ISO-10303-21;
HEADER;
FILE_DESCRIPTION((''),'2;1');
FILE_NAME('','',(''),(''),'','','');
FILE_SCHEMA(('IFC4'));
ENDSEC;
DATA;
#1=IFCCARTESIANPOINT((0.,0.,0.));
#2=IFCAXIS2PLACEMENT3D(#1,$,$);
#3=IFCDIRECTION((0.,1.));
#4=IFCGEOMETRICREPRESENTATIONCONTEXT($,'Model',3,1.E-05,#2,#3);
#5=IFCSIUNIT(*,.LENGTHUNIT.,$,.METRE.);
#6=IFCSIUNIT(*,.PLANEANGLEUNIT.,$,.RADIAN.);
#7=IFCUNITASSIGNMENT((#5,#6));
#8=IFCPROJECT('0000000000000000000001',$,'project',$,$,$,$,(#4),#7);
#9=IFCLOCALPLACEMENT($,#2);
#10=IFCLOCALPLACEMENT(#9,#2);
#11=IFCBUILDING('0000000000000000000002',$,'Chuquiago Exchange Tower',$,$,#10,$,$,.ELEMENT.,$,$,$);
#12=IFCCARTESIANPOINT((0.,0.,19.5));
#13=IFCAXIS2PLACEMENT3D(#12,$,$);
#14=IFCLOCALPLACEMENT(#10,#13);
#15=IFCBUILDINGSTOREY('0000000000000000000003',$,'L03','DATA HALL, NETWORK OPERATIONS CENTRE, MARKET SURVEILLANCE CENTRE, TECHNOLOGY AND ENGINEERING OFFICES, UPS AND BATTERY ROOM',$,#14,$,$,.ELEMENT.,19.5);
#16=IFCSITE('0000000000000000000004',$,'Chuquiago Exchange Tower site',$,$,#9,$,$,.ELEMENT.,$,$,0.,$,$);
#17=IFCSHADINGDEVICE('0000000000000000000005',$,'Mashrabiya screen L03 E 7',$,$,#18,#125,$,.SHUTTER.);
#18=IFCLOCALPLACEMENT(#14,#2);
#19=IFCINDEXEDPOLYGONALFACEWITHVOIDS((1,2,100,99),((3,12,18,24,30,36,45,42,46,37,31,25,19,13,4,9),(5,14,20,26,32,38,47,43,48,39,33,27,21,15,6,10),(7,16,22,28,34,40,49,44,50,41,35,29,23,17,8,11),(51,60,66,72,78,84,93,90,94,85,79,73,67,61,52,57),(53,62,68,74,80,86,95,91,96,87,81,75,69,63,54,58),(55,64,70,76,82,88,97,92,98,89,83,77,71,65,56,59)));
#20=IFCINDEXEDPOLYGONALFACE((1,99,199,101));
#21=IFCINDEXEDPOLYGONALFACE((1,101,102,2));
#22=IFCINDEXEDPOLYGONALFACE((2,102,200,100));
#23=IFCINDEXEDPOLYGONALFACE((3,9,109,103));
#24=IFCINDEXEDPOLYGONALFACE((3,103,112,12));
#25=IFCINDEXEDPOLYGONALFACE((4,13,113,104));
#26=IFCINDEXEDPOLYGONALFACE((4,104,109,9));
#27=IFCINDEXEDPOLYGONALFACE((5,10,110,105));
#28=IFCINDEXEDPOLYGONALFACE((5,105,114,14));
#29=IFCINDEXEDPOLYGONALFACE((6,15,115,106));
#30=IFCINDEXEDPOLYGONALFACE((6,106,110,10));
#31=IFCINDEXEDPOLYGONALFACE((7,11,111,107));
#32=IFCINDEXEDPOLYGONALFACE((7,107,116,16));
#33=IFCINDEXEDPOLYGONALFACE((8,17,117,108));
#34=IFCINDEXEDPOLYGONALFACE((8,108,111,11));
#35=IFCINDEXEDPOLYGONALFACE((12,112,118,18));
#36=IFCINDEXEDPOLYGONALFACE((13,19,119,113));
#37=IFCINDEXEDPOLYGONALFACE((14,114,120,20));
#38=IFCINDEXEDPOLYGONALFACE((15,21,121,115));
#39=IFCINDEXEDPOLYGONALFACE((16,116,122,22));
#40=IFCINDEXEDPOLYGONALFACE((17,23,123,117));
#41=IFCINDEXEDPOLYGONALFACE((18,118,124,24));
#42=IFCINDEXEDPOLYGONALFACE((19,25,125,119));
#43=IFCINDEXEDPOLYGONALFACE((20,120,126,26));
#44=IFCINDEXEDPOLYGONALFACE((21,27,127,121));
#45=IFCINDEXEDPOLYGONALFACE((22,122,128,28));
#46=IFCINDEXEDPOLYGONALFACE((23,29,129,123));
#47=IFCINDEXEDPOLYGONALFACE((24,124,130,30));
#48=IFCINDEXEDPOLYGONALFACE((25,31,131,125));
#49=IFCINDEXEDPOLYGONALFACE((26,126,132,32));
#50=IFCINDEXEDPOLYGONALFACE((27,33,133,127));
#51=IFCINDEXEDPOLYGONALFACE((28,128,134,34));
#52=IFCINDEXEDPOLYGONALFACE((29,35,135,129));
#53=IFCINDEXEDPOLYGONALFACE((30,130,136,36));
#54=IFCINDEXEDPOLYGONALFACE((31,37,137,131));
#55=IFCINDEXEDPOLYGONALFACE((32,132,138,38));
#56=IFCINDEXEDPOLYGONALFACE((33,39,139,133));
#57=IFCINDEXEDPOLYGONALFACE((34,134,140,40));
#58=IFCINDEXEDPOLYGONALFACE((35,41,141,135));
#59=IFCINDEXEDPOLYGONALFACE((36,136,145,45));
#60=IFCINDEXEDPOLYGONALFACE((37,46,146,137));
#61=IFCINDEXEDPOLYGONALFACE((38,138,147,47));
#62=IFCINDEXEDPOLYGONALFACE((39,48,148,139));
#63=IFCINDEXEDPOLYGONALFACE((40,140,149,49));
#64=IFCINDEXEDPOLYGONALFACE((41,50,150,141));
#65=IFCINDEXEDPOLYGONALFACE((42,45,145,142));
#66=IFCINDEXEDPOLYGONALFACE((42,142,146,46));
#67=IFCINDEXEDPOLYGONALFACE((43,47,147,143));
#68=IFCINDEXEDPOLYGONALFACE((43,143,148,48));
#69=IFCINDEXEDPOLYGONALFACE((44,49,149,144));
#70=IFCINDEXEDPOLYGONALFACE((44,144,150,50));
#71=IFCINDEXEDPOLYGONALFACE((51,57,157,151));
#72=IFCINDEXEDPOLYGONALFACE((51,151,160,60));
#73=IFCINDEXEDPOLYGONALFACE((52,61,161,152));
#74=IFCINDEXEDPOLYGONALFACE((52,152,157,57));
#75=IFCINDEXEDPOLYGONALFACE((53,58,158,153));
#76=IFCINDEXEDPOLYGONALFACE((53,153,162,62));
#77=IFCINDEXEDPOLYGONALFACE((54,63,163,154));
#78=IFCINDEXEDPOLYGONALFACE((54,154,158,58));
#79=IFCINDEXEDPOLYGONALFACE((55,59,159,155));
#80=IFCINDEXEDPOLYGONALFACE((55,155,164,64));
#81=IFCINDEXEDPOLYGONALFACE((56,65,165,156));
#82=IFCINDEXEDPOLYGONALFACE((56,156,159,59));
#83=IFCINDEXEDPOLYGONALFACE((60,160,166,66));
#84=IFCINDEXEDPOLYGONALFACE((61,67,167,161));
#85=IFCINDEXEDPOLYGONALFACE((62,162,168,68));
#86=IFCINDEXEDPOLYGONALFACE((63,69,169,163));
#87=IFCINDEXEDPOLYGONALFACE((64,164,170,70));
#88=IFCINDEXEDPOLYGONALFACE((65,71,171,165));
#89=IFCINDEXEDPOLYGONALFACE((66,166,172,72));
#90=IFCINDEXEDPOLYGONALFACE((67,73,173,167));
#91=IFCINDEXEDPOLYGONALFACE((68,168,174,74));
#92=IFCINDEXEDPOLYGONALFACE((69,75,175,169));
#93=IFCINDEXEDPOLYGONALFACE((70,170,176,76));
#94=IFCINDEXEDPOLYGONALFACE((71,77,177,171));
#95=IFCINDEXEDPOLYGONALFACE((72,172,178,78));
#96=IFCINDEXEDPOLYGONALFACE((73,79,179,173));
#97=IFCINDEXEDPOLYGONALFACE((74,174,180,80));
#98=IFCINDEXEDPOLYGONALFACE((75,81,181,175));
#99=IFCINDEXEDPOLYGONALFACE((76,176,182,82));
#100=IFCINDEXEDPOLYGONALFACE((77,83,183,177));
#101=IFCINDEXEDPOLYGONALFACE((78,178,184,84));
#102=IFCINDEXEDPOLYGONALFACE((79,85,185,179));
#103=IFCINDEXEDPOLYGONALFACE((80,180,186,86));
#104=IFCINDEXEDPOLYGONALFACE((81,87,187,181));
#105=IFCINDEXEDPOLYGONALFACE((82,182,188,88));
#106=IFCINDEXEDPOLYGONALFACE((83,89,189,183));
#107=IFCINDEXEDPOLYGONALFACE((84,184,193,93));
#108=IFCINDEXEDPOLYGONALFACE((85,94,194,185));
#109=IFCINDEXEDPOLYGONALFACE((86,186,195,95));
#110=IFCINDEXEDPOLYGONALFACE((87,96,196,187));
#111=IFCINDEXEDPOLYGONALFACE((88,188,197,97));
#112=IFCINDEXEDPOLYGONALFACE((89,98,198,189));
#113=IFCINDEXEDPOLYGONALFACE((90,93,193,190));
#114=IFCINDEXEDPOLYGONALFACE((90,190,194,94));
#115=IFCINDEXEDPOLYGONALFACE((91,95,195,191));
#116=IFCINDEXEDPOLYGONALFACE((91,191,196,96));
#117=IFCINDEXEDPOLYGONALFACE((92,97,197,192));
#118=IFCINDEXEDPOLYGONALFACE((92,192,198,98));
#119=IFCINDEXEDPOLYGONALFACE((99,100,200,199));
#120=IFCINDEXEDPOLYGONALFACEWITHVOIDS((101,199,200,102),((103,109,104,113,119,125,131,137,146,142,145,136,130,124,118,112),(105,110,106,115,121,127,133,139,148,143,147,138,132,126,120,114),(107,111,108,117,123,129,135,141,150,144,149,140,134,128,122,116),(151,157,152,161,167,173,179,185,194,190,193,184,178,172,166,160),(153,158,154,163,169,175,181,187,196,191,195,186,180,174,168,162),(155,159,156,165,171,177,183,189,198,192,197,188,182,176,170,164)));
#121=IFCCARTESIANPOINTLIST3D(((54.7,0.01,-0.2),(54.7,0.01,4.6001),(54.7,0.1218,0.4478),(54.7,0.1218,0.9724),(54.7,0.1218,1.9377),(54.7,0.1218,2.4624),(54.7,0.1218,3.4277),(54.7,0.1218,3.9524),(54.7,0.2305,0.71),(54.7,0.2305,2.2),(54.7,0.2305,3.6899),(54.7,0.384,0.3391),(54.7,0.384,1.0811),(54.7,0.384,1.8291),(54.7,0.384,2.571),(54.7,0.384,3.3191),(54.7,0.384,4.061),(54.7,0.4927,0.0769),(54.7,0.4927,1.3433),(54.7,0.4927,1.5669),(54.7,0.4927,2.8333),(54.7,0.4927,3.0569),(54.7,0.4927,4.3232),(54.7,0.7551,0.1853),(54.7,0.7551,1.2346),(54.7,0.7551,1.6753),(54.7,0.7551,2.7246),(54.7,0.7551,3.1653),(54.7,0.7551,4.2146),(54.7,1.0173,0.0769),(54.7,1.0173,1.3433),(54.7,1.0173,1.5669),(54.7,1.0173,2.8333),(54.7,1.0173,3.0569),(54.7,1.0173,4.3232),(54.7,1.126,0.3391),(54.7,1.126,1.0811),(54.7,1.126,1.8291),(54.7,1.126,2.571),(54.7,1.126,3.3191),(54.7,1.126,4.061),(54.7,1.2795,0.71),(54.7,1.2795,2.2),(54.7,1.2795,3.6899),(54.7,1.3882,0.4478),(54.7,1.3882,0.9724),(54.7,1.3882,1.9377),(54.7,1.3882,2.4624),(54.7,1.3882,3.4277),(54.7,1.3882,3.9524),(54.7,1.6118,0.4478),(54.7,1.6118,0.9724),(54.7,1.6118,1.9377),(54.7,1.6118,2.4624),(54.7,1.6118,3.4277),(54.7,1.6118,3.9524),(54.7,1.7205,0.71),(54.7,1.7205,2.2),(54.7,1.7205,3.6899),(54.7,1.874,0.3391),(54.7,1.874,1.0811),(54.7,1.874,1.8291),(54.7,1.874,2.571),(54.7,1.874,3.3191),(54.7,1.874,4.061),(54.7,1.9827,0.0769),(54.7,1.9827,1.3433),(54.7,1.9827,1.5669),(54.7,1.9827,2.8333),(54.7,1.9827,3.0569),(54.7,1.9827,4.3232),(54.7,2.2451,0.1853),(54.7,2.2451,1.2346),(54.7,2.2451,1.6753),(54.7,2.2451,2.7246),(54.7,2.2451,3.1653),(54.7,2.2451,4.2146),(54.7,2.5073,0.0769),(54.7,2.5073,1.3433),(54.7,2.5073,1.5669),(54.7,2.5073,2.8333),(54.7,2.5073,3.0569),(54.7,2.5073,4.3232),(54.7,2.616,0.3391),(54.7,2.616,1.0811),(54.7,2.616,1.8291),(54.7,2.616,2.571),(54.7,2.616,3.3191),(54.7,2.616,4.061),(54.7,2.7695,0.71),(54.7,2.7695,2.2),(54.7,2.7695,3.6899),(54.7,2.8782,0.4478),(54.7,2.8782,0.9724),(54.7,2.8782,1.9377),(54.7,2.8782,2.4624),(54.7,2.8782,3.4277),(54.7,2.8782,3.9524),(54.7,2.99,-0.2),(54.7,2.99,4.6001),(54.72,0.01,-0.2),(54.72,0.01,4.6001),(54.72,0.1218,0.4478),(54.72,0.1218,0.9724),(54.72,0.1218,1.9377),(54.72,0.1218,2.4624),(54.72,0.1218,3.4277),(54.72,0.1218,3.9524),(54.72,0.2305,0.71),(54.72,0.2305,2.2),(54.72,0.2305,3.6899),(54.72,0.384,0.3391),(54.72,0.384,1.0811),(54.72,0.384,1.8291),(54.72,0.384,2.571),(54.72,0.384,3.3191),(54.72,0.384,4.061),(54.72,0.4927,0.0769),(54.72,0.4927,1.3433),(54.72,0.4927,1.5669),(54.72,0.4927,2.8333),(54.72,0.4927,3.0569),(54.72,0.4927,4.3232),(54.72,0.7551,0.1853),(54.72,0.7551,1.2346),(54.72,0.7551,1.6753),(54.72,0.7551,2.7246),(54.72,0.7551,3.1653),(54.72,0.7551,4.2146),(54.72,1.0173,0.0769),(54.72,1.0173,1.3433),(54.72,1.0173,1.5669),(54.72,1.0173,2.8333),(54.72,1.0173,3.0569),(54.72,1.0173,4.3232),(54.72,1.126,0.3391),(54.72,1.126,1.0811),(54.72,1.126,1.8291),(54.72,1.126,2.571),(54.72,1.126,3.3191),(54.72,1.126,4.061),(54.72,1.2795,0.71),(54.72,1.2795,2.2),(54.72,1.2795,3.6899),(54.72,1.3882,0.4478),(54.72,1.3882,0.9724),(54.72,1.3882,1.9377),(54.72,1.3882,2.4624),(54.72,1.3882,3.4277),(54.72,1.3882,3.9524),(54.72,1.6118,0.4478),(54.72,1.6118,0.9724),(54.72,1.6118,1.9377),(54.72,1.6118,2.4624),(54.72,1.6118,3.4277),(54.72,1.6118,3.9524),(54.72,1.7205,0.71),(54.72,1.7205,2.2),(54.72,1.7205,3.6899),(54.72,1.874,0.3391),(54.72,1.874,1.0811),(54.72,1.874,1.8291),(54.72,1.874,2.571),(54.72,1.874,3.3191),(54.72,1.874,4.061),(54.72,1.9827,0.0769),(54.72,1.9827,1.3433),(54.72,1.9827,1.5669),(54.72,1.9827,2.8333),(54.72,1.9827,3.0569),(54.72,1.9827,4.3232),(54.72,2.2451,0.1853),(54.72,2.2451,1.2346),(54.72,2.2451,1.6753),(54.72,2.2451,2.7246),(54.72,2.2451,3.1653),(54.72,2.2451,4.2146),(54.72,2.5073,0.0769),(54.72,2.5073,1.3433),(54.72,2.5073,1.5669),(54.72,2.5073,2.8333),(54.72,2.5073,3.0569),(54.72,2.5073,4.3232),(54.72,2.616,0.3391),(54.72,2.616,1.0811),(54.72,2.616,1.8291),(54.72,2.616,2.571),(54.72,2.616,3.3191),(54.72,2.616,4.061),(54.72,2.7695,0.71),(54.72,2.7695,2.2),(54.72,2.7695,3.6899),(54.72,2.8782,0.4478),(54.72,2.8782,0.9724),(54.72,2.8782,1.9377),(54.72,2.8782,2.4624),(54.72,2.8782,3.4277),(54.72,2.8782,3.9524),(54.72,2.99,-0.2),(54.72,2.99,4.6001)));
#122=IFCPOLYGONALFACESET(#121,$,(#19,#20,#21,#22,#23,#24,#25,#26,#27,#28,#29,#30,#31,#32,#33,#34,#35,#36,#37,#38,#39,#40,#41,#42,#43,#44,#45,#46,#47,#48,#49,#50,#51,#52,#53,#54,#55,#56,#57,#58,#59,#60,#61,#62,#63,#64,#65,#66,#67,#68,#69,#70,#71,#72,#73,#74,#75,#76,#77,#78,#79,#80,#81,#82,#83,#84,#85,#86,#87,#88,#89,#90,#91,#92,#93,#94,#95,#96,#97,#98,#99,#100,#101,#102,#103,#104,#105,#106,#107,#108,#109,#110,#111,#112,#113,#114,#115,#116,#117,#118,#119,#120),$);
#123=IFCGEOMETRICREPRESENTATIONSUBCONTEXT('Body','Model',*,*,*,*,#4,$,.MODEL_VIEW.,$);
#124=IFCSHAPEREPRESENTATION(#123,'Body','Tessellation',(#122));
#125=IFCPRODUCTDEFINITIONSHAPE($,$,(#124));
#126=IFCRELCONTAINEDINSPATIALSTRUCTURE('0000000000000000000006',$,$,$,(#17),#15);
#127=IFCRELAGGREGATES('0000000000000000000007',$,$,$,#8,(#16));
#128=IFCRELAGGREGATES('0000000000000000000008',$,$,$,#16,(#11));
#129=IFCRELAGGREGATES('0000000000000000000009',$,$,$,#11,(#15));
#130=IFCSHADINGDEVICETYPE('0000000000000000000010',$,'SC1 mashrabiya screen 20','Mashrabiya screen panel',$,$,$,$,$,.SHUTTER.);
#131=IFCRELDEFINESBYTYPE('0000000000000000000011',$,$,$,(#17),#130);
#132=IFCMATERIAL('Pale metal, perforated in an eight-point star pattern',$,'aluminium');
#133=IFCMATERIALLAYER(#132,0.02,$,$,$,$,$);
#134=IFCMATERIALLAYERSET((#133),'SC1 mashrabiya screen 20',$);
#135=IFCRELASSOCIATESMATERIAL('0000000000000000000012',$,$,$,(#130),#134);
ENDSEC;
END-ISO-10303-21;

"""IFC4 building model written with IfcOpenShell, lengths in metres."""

from ifc_helpers import new_model, si_unit, direction, frame, origin, place, context, subcontext, project, spatial, polyline, outline, extrude, material, layer, layer_set, type_object, element, save


model = new_model("IFC4")

# Units and contexts
model_context = context("Model", 3, precision=1e-05, world=origin(), true_north=direction((0.0, 1.0)))
body_context = subcontext(model_context, "Body", "Model", "MODEL_VIEW")
ifc_project = project(units=[si_unit("LENGTHUNIT", "METRE"), si_unit("PLANEANGLEUNIT", "RADIAN")], contexts=[model_context])

# Site, building, storey
site_placement = place(None, origin())
site = spatial("IfcSite", under=ifc_project, at=site_placement, Name="Chuquiago Exchange Tower site", CompositionType="ELEMENT", RefElevation=0.0)
building_placement = place(site_placement, origin())
building = spatial("IfcBuilding", under=site, at=building_placement, Name="Chuquiago Exchange Tower", CompositionType="ELEMENT")
storey_placement = place(building_placement, frame((0.0, 0.0, 19.5)))
storey = spatial("IfcBuildingStorey", under=building, at=storey_placement, Name="L03", Description="DATA HALL, NETWORK OPERATIONS CENTRE, MARKET SURVEILLANCE CENTRE, TECHNOLOGY AND ENGINEERING OFFICES, UPS AND BATTERY ROOM", CompositionType="ELEMENT", Elevation=19.5)

# Shading device
ifc_material_1 = material(Name="Pale metal, perforated in an eight-point star pattern", Category="aluminium")
ifc_layer_1 = layer(ifc_material_1, 0.02)
ifc_layer_set_1 = layer_set([ifc_layer_1], Name="SC1 mashrabiya screen 20")
shading_device_type = type_object("IfcShadingDeviceType", Name="SC1 mashrabiya screen 20", Description="Mashrabiya screen panel", PredefinedType="SHUTTER", material=ifc_layer_set_1)
shading_device_1_placement = place(storey_placement, frame((54.7, 0.01, -0.2), z_axis=(0.0, 0.0, 1.0), x_axis=(0.0, 1.0, 0.0)))
element("IfcShadingDevice", 1, at=shading_device_1_placement, inside=storey, type_object=shading_device_type, Name="Mashrabiya screen L03 E 7", PredefinedType="SHUTTER", context=body_context, shape_type="SweptSolid", body=[
    extrude(outline(polyline([(0.0, 0.0), (2.98, 0.0), (2.98, 4.8), (0.0, 4.8), (0.0, 0.0)]), holes=[polyline([(1.2695, 0.9099), (1.3782, 1.1724), (1.116, 1.281), (1.0073, 1.5432), (0.7451, 1.4346), (0.4827, 1.5432), (0.374, 1.281), (0.1118, 1.1724), (0.2205, 0.9099), (0.1118, 0.6477), (0.374, 0.5391), (0.4827, 0.2769), (0.7451, 0.3853), (1.0073, 0.2769), (1.116, 0.5391), (1.3782, 0.6477), (1.2695, 0.9099)]), polyline([(2.7595, 0.9099), (2.8682, 1.1724), (2.606, 1.281), (2.4973, 1.5432), (2.2351, 1.4346), (1.9727, 1.5432), (1.864, 1.281), (1.6018, 1.1724), (1.7104, 0.9099), (1.6018, 0.6477), (1.864, 0.5391), (1.9727, 0.2769), (2.2351, 0.3853), (2.4973, 0.2769), (2.606, 0.5391), (2.8682, 0.6477), (2.7595, 0.9099)]), polyline([(1.2695, 2.3999), (1.3782, 2.6624), (1.116, 2.771), (1.0073, 3.0332), (0.7451, 2.9246), (0.4827, 3.0332), (0.374, 2.771), (0.1118, 2.6624), (0.2205, 2.3999), (0.1118, 2.1377), (0.374, 2.0291), (0.4827, 1.7668), (0.7451, 1.8752), (1.0073, 1.7668), (1.116, 2.0291), (1.3782, 2.1377), (1.2695, 2.3999)]), polyline([(2.7595, 2.3999), (2.8682, 2.6624), (2.606, 2.771), (2.4973, 3.0332), (2.2351, 2.9246), (1.9727, 3.0332), (1.864, 2.771), (1.6018, 2.6624), (1.7104, 2.3999), (1.6018, 2.1377), (1.864, 2.0291), (1.9727, 1.7668), (2.2351, 1.8752), (2.4973, 1.7668), (2.606, 2.0291), (2.8682, 2.1377), (2.7595, 2.3999)]), polyline([(1.2695, 3.8899), (1.3782, 4.1523), (1.116, 4.261), (1.0073, 4.5232), (0.7451, 4.4146), (0.4827, 4.5232), (0.374, 4.261), (0.1118, 4.1523), (0.2205, 3.8899), (0.1118, 3.6277), (0.374, 3.519), (0.4827, 3.2568), (0.7451, 3.3652), (1.0073, 3.2568), (1.116, 3.519), (1.3782, 3.6277), (1.2695, 3.8899)]), polyline([(2.7595, 3.8899), (2.8682, 4.1523), (2.606, 4.261), (2.4973, 4.5232), (2.2351, 4.4146), (1.9727, 4.5232), (1.864, 4.261), (1.6018, 4.1523), (1.7104, 3.8899), (1.6018, 3.6277), (1.864, 3.519), (1.9727, 3.2568), (2.2351, 3.3652), (2.4973, 3.2568), (2.606, 3.519), (2.8682, 3.6277), (2.7595, 3.8899)])]), frame((0.0, 0.0, 0.0), z_axis=(0.0, -1.0, 0.0), x_axis=(1.0, 0.0, 0.0)), (0.0, 0.0, 1.0), 0.02),
])

save(model, "model.ifc")
